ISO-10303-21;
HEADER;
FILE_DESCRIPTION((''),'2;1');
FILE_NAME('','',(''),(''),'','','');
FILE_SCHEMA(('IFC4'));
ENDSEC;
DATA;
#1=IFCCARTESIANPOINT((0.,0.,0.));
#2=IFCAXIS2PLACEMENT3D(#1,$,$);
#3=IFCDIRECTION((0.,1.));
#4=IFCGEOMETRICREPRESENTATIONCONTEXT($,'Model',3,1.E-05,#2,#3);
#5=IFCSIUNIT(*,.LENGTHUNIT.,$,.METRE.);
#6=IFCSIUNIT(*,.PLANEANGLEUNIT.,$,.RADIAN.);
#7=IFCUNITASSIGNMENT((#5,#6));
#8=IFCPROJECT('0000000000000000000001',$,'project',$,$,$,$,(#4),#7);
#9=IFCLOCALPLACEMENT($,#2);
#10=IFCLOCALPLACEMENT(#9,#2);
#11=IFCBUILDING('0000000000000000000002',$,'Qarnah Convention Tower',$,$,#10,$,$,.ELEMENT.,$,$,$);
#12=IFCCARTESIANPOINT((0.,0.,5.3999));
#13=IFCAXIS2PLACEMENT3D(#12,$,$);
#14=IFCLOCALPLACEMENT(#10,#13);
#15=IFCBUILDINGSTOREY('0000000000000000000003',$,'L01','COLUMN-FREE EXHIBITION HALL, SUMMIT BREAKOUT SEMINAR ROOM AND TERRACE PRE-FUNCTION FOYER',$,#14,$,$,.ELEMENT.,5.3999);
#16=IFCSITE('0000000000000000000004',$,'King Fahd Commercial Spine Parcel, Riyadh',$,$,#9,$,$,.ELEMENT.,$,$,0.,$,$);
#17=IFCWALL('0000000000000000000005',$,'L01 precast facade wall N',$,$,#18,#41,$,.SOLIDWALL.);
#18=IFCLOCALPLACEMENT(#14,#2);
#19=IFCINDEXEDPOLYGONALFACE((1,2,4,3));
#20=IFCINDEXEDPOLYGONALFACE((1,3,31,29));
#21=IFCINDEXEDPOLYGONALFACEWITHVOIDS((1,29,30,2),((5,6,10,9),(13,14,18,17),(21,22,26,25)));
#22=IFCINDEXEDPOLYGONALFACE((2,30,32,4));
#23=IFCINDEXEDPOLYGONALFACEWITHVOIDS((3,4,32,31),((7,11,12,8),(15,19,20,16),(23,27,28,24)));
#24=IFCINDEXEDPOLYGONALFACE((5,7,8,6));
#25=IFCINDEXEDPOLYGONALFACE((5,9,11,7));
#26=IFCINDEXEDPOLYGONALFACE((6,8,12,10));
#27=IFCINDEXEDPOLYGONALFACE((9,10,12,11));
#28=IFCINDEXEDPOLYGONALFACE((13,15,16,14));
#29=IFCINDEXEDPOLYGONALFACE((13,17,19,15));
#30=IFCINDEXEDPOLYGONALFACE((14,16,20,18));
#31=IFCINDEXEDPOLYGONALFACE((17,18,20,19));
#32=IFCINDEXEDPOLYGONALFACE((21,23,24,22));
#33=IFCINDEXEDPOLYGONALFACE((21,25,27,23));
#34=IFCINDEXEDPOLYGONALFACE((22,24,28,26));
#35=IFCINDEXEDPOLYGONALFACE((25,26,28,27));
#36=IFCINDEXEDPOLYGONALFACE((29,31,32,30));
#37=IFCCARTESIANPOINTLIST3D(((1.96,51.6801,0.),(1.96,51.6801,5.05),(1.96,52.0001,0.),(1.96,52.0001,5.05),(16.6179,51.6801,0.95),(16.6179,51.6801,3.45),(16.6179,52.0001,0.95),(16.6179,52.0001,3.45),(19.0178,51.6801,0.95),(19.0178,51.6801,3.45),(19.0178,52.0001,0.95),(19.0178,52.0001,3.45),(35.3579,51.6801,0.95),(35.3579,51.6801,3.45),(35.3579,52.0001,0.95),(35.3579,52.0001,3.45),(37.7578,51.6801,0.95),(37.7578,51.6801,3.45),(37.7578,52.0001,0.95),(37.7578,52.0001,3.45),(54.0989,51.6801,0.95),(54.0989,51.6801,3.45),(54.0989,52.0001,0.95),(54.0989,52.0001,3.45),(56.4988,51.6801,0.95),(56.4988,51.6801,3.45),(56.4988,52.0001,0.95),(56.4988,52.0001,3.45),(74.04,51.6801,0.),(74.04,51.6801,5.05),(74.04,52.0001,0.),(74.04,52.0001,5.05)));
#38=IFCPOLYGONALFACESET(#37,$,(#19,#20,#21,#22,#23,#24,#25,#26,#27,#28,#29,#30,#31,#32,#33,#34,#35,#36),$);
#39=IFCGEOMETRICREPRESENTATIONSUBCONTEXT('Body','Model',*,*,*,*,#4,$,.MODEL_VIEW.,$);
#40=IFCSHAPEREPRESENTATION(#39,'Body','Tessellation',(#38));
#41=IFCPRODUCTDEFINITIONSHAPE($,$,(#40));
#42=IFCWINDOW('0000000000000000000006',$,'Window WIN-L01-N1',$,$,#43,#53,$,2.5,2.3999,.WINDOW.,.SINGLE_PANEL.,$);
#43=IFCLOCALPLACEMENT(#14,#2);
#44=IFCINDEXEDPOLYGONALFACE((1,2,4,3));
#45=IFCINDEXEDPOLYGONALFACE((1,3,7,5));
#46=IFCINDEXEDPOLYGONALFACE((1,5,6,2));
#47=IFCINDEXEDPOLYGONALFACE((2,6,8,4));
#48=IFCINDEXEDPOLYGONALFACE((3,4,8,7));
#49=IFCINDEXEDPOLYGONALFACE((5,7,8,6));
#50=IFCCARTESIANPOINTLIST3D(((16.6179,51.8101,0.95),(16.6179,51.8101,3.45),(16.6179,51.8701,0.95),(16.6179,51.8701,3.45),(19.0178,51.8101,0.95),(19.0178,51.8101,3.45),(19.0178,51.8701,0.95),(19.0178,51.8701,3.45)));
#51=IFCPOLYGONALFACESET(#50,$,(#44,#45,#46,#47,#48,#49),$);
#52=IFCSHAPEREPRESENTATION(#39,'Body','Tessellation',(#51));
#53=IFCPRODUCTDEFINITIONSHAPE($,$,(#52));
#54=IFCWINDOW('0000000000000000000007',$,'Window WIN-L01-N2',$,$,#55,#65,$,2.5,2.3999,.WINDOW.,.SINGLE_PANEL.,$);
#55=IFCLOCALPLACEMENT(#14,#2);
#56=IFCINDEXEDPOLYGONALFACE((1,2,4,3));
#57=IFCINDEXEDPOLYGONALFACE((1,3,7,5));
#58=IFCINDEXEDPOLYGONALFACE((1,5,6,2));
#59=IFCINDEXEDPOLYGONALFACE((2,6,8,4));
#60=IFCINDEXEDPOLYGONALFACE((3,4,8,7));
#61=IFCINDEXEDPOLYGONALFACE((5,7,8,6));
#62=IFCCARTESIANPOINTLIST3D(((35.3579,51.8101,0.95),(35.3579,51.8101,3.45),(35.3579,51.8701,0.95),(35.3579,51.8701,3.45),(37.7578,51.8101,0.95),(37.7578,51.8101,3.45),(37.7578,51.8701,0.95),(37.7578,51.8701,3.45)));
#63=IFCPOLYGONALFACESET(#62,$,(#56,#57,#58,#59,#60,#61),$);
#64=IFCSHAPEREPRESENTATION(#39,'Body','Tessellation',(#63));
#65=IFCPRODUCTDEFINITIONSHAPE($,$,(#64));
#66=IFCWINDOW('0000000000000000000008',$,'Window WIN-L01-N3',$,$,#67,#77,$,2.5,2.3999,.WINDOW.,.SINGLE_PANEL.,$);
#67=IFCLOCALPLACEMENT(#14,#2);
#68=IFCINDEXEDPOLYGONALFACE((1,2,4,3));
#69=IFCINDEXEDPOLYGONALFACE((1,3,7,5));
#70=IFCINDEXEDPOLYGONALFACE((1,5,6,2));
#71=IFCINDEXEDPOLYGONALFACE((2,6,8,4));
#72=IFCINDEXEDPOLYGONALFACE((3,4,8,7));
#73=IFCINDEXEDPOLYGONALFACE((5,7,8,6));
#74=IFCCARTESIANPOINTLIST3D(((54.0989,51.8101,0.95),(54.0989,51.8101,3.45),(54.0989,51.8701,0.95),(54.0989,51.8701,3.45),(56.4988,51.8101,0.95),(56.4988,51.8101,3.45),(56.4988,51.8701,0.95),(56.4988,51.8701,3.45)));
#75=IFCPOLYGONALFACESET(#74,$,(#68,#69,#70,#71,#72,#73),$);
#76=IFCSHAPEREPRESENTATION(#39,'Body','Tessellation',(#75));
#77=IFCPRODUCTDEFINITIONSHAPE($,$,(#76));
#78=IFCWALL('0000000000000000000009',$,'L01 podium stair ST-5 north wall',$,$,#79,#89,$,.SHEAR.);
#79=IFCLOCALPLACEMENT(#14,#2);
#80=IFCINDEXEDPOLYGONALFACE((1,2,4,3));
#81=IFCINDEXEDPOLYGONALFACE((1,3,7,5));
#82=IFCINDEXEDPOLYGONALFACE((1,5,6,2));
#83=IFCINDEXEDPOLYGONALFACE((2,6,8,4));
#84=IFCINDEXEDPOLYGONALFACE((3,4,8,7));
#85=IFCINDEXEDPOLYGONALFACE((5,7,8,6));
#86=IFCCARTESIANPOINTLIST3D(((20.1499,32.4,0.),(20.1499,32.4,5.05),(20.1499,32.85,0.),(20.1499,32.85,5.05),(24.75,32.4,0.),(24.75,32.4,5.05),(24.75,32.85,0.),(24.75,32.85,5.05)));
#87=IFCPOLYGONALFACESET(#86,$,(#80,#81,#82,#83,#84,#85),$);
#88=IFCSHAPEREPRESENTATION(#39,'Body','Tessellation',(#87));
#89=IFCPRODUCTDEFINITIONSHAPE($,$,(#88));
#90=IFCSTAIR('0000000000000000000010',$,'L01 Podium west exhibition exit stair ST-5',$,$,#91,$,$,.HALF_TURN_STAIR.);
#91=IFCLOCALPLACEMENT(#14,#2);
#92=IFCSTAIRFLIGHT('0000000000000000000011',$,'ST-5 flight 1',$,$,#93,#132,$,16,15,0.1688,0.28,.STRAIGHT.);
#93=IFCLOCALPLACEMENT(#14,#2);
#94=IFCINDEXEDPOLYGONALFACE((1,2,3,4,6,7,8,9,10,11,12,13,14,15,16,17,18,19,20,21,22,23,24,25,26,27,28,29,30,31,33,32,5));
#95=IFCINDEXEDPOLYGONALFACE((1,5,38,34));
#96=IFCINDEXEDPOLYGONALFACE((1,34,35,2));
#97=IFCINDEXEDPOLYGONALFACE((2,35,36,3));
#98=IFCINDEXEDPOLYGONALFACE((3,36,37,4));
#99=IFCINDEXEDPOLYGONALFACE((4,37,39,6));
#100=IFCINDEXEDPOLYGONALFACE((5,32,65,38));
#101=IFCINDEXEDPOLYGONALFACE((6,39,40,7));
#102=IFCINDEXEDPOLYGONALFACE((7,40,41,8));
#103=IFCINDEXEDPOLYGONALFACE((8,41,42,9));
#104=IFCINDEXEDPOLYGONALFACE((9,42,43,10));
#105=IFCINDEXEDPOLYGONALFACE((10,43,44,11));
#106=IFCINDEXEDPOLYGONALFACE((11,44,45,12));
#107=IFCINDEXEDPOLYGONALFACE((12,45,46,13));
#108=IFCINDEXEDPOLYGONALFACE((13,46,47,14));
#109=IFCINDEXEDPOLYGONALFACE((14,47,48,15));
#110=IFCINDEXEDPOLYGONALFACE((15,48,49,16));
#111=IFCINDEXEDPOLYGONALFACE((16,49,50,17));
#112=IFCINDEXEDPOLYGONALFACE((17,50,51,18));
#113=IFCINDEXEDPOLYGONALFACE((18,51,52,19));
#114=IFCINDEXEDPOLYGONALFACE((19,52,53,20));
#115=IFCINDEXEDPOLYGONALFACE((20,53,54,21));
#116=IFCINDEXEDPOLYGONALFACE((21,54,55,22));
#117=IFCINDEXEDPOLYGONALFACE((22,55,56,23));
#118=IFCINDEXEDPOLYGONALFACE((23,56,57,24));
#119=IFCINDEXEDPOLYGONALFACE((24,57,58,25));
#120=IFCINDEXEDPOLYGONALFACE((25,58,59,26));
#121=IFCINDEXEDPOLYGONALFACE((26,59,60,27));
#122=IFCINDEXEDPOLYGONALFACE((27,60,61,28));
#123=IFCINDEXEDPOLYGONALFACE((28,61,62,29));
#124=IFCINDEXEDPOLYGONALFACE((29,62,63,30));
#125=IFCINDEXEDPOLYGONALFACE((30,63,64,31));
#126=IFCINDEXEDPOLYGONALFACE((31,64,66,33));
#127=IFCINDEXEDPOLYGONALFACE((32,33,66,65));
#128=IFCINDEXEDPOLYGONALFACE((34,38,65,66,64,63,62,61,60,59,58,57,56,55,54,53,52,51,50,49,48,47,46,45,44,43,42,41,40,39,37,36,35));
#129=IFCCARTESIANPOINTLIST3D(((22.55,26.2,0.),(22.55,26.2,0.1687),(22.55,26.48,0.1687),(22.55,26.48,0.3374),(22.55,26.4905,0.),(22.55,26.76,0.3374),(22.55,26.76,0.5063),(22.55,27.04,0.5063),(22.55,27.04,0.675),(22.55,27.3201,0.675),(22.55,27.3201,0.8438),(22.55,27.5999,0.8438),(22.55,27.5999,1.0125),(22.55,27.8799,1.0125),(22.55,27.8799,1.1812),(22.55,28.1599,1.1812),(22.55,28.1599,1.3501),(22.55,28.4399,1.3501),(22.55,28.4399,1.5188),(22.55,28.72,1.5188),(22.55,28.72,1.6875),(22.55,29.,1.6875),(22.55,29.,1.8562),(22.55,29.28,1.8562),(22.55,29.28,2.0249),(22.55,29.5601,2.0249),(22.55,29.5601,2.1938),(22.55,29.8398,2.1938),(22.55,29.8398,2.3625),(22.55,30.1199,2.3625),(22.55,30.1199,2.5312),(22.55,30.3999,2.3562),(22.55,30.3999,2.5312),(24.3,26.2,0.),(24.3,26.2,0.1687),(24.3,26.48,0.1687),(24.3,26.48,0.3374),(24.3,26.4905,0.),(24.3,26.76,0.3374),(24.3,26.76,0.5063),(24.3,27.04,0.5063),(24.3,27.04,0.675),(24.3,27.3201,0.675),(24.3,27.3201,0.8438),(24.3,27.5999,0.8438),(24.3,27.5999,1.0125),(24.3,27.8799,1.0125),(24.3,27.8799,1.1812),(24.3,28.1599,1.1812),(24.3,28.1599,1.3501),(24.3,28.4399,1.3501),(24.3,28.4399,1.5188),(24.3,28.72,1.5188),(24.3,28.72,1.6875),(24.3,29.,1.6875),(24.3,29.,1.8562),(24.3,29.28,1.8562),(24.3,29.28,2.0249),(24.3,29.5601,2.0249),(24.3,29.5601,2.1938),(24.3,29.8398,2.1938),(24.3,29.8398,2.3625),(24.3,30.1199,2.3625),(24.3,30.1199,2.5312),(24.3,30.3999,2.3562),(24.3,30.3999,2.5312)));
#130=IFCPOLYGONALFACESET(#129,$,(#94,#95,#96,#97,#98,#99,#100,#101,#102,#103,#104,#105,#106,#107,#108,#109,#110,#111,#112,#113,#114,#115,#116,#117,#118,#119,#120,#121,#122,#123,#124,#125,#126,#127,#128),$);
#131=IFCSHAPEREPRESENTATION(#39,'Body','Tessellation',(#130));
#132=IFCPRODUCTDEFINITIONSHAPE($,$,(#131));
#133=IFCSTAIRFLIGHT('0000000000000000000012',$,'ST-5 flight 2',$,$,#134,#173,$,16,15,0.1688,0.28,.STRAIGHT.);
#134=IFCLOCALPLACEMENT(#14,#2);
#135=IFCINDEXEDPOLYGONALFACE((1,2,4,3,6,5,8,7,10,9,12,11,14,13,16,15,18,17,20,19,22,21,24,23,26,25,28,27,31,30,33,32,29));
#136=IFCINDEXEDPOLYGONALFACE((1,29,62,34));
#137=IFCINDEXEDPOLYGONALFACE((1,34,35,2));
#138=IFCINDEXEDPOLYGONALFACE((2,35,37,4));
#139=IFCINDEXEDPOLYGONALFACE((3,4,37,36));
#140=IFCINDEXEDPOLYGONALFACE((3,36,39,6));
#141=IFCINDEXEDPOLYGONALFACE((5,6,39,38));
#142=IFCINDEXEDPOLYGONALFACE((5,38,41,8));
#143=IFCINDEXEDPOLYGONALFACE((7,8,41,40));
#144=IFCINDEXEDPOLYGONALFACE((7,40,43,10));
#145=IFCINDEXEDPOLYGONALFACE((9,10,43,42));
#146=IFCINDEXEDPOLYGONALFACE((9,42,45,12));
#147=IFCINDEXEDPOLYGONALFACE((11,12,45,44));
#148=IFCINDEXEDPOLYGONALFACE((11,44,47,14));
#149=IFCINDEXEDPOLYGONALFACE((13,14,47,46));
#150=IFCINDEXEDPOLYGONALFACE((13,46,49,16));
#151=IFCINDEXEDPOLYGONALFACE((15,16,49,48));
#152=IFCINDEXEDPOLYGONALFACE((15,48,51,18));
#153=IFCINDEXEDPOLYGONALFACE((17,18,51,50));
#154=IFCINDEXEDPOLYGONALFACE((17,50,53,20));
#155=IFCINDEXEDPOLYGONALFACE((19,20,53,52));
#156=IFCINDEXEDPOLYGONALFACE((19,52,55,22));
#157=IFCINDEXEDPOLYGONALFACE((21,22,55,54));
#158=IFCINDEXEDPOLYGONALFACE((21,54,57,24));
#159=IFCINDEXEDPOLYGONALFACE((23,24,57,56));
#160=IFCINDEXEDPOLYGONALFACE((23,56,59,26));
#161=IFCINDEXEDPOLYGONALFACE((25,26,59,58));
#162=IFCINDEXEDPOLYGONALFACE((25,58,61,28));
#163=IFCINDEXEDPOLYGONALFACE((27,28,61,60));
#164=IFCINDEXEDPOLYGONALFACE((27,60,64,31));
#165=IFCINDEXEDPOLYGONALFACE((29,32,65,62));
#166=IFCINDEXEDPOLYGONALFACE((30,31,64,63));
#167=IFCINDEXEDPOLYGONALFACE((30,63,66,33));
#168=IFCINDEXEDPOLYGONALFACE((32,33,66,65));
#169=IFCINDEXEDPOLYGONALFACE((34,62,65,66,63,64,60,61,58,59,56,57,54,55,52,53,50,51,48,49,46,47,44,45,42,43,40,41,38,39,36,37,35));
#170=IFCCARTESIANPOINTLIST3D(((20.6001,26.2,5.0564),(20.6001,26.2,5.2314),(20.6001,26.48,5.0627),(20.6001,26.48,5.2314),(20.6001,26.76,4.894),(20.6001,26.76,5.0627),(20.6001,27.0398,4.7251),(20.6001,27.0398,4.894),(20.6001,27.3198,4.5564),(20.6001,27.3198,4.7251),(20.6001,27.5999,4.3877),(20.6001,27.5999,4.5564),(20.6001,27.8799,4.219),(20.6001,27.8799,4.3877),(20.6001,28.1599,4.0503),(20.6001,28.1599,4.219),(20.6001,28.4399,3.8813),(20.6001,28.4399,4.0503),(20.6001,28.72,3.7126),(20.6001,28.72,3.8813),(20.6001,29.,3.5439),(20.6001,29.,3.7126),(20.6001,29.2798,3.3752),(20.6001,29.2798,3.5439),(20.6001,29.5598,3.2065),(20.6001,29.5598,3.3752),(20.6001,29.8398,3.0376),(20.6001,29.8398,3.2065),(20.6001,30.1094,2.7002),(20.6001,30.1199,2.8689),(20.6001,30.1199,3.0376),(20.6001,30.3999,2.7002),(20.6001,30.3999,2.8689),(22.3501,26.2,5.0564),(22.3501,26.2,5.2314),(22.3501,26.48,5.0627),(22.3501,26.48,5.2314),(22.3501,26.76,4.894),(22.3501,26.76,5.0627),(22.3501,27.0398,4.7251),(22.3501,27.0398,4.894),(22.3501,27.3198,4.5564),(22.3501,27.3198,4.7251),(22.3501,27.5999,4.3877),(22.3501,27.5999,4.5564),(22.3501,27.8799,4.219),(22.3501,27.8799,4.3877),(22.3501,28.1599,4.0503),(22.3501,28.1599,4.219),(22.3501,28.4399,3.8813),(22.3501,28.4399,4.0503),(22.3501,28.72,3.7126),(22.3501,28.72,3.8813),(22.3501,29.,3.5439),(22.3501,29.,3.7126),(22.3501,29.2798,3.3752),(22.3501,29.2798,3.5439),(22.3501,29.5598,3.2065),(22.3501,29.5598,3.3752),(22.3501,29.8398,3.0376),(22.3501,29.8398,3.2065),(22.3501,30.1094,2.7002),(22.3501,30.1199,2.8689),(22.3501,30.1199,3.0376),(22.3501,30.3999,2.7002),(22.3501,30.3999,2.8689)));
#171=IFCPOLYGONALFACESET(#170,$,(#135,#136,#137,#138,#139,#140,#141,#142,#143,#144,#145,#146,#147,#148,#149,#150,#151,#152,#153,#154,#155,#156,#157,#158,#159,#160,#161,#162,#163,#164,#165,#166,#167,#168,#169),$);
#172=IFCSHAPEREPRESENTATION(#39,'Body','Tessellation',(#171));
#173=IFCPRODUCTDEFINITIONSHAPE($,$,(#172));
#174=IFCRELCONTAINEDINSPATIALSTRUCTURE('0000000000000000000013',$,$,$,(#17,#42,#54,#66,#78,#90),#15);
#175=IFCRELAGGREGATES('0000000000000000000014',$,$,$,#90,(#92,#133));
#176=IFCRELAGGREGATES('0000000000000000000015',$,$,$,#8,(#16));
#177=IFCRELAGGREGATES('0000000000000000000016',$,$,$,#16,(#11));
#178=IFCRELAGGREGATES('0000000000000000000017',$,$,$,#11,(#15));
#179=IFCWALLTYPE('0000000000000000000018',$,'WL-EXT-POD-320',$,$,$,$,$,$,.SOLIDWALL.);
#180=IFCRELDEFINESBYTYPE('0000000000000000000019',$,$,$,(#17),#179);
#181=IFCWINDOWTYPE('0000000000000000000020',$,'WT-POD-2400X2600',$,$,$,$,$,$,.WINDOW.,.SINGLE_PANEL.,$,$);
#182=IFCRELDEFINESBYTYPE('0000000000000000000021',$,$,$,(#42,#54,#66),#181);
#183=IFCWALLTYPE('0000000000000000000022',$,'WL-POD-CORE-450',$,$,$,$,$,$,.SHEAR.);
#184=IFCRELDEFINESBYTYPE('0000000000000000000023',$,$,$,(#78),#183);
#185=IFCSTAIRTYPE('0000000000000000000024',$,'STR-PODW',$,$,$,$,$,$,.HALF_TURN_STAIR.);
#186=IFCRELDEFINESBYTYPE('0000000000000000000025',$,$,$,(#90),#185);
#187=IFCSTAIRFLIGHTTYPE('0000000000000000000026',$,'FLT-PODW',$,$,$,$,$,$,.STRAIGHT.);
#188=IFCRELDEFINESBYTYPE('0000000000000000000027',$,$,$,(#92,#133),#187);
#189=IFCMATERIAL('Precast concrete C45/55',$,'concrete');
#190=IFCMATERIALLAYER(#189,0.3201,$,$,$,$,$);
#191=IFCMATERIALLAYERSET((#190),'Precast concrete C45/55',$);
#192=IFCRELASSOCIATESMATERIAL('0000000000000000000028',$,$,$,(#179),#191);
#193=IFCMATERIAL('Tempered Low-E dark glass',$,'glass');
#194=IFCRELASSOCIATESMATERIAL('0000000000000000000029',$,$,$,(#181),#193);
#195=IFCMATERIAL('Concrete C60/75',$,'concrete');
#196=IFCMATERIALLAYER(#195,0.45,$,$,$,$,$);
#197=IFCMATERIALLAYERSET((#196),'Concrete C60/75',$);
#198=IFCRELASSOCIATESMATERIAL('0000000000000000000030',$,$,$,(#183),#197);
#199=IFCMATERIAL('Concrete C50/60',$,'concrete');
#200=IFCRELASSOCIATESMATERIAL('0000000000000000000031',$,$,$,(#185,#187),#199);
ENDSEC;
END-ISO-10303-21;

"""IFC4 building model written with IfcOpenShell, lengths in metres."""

from ifc_helpers import new_model, si_unit, direction, frame, frame_2d, origin, place, context, subcontext, project, spatial, polyline, rectangle, outline, extrude, material, layer, layer_set, type_object, element, fill, aggregate, save


model = new_model("IFC4")

# Units and contexts
model_context = context("Model", 3, precision=1e-05, world=origin(), true_north=direction((0.0, 1.0)))
body_context = subcontext(model_context, "Body", "Model", "MODEL_VIEW")
ifc_project = project(units=[si_unit("LENGTHUNIT", "METRE"), si_unit("PLANEANGLEUNIT", "RADIAN")], contexts=[model_context])

# Site, building, storey
site_placement = place(None, origin())
site = spatial("IfcSite", under=ifc_project, at=site_placement, Name="King Fahd Commercial Spine Parcel, Riyadh", CompositionType="ELEMENT", RefElevation=0.0)
building_placement = place(site_placement, origin())
building = spatial("IfcBuilding", under=site, at=building_placement, Name="Qarnah Convention Tower", CompositionType="ELEMENT")
storey_placement = place(building_placement, frame((0.0, 0.0, 5.3999)))
storey = spatial("IfcBuildingStorey", under=building, at=storey_placement, Name="L01", Description="COLUMN-FREE EXHIBITION HALL, SUMMIT BREAKOUT SEMINAR ROOM AND TERRACE PRE-FUNCTION FOYER", CompositionType="ELEMENT", Elevation=5.3999)

# Shared definitions
ifc_material_1 = material(Name="Concrete C60/75", Category="concrete")
ifc_material_2 = material(Name="Precast concrete C45/55", Category="concrete")

# Wall, openings, windows
ifc_layer_1 = layer(ifc_material_2, 0.3201)
ifc_layer_set_1 = layer_set([ifc_layer_1], Name="Precast concrete C45/55")
wall_type_1 = type_object("IfcWallType", Name="WL-EXT-POD-320", PredefinedType="SOLIDWALL", material=ifc_layer_set_1)
wall_1_placement = place(storey_placement, frame((1.96, 51.8401, 0.0), z_axis=(0.0, 0.0, 1.0), x_axis=(1.0, 0.0, 0.0)))
wall_1 = element("IfcWall", 1, at=wall_1_placement, inside=storey, type_object=wall_type_1, Name="L01 precast facade wall N", PredefinedType="SOLIDWALL", context=body_context, shape_type="SweptSolid", body=[
    extrude(rectangle(XDim=72.0801, YDim=0.3201, at=frame_2d((36.04, 0.0))), origin(), (0.0, 0.0, 1.0), 5.05),
])
opening_1_placement = place(wall_1_placement, frame((14.658, 0.0, 0.95)))
opening_1 = element("IfcOpeningElement", 2, at=opening_1_placement, cuts=wall_1, PredefinedType="OPENING", context=body_context, shape_type="SweptSolid", body=[
    extrude(rectangle(XDim=2.3999, YDim=2.5, at=frame_2d((1.2, 1.25))), frame((0.0, 0.1699, 0.0), z_axis=(0.0, -1.0, 0.0), x_axis=(1.0, 0.0, 0.0)), (0.0, 0.0, 1.0), 0.3401),
])
opening_2_placement = place(wall_1_placement, frame((33.3979, 0.0, 0.95)))
opening_2 = element("IfcOpeningElement", 3, at=opening_2_placement, cuts=wall_1, PredefinedType="OPENING", context=body_context, shape_type="SweptSolid", body=[
    extrude(rectangle(XDim=2.3999, YDim=2.5, at=frame_2d((1.2, 1.25))), frame((0.0, 0.1699, 0.0), z_axis=(0.0, -1.0, 0.0), x_axis=(1.0, 0.0, 0.0)), (0.0, 0.0, 1.0), 0.3401),
])
opening_3_placement = place(wall_1_placement, frame((52.1389, 0.0, 0.95)))
opening_3 = element("IfcOpeningElement", 4, at=opening_3_placement, cuts=wall_1, PredefinedType="OPENING", context=body_context, shape_type="SweptSolid", body=[
    extrude(rectangle(XDim=2.3999, YDim=2.5, at=frame_2d((1.2, 1.25))), frame((0.0, 0.1699, 0.0), z_axis=(0.0, -1.0, 0.0), x_axis=(1.0, 0.0, 0.0)), (0.0, 0.0, 1.0), 0.3401),
])
ifc_material_3 = material(Name="Tempered Low-E dark glass", Category="glass")
window_type = type_object("IfcWindowType", Name="WT-POD-2400X2600", PartitioningType="SINGLE_PANEL", PredefinedType="WINDOW", material=ifc_material_3)
window_1_placement = place(opening_1_placement, origin())
window_1 = element("IfcWindow", 5, at=window_1_placement, inside=storey, type_object=window_type, Name="Window WIN-L01-N1", OverallHeight=2.5, OverallWidth=2.3999, PartitioningType="SINGLE_PANEL", PredefinedType="WINDOW", context=body_context, shape_type="SweptSolid", body=[
    extrude(rectangle(XDim=2.3999, YDim=2.5, at=frame_2d((1.2, 1.25))), frame((0.0, 0.03, 0.0), z_axis=(0.0, -1.0, 0.0), x_axis=(1.0, 0.0, 0.0)), (0.0, 0.0, 1.0), 0.0601),
])
fill(opening_1, window_1)
window_2_placement = place(opening_2_placement, origin())
window_2 = element("IfcWindow", 6, at=window_2_placement, inside=storey, type_object=window_type, Name="Window WIN-L01-N2", OverallHeight=2.5, OverallWidth=2.3999, PartitioningType="SINGLE_PANEL", PredefinedType="WINDOW", context=body_context, shape_type="SweptSolid", body=[
    extrude(rectangle(XDim=2.3999, YDim=2.5, at=frame_2d((1.2, 1.25))), frame((0.0, 0.03, 0.0), z_axis=(0.0, -1.0, 0.0), x_axis=(1.0, 0.0, 0.0)), (0.0, 0.0, 1.0), 0.0601),
])
fill(opening_2, window_2)
window_3_placement = place(opening_3_placement, origin())
window_3 = element("IfcWindow", 7, at=window_3_placement, inside=storey, type_object=window_type, Name="Window WIN-L01-N3", OverallHeight=2.5, OverallWidth=2.3999, PartitioningType="SINGLE_PANEL", PredefinedType="WINDOW", context=body_context, shape_type="SweptSolid", body=[
    extrude(rectangle(XDim=2.3999, YDim=2.5, at=frame_2d((1.2, 1.25))), frame((0.0, 0.03, 0.0), z_axis=(0.0, -1.0, 0.0), x_axis=(1.0, 0.0, 0.0)), (0.0, 0.0, 1.0), 0.0601),
])
fill(opening_3, window_3)

# Wall
ifc_layer_2 = layer(ifc_material_1, 0.45)
ifc_layer_set_2 = layer_set([ifc_layer_2], Name="Concrete C60/75")
wall_type_2 = type_object("IfcWallType", Name="WL-POD-CORE-450", PredefinedType="SHEAR", material=ifc_layer_set_2)
wall_2_placement = place(storey_placement, frame((20.1499, 32.625, 0.0), z_axis=(0.0, 0.0, 1.0), x_axis=(1.0, 0.0, 0.0)))
element("IfcWall", 8, at=wall_2_placement, inside=storey, type_object=wall_type_2, Name="L01 podium stair ST-5 north wall", PredefinedType="SHEAR", context=body_context, shape_type="SweptSolid", body=[
    extrude(rectangle(XDim=4.6001, YDim=0.45, at=frame_2d((2.3, 0.0))), origin(), (0.0, 0.0, 1.0), 5.05),
])

# Stair, stair flights
ifc_material_4 = material(Name="Concrete C50/60", Category="concrete")
stair_type = type_object("IfcStairType", Name="STR-PODW", PredefinedType="HALF_TURN_STAIR", material=ifc_material_4)
stair_placement = place(storey_placement, origin())
stair = element("IfcStair", 9, at=stair_placement, inside=storey, type_object=stair_type, Name="L01 Podium west exhibition exit stair ST-5", PredefinedType="HALF_TURN_STAIR")
stair_flight_type = type_object("IfcStairFlightType", Name="FLT-PODW", PredefinedType="STRAIGHT", material=ifc_material_4)
stair_flight_1_placement = place(storey_placement, frame((23.425, 26.2, 0.0), z_axis=(0.0, 0.0, 1.0), x_axis=(0.0, 1.0, 0.0)))
stair_flight_1 = element("IfcStairFlight", 10, at=stair_flight_1_placement, type_object=stair_flight_type, Name="ST-5 flight 1", NumberOfRisers=16, NumberOfTreads=15, PredefinedType="STRAIGHT", RiserHeight=0.1688, TreadLength=0.28, context=body_context, shape_type="SweptSolid", body=[
    extrude(outline(polyline([(0.0, 0.0), (0.0, 0.1687), (0.28, 0.1687), (0.28, 0.3374), (0.5601, 0.3374), (0.5601, 0.5063), (0.8401, 0.5063), (0.8401, 0.675), (1.1201, 0.675), (1.1201, 0.8438), (1.3999, 0.8438), (1.3999, 1.0125), (1.6799, 1.0125), (1.6799, 1.1812), (1.96, 1.1812), (1.96, 1.3501), (2.24, 1.3501), (2.24, 1.5188), (2.52, 1.5188), (2.52, 1.6875), (2.8, 1.6875), (2.8, 1.8562), (3.0801, 1.8562), (3.0801, 2.0249), (3.3601, 2.0249), (3.3601, 2.1938), (3.6399, 2.1938), (3.6399, 2.3625), (3.9199, 2.3625), (3.9199, 2.5312), (4.2, 2.5312), (4.2, 2.7), (4.2, 2.3562), (0.2905, 0.0), (0.0, 0.0)])), frame((0.0, 0.875, 0.0), z_axis=(0.0, -1.0, 0.0), x_axis=(1.0, 0.0, 0.0)), (0.0, 0.0, 1.0), 1.75),
])
stair_flight_2_placement = place(storey_placement, frame((21.4751, 30.3999, 2.7002), z_axis=(0.0, 0.0, 1.0), x_axis=(0.0, -1.0, 0.0)))
stair_flight_2 = element("IfcStairFlight", 11, at=stair_flight_2_placement, type_object=stair_flight_type, Name="ST-5 flight 2", NumberOfRisers=16, NumberOfTreads=15, PredefinedType="STRAIGHT", RiserHeight=0.1688, TreadLength=0.28, context=body_context, shape_type="SweptSolid", body=[
    extrude(outline(polyline([(0.0, 0.0), (0.0, 0.1687), (0.28, 0.1687), (0.28, 0.3374), (0.5601, 0.3374), (0.5601, 0.5063), (0.8401, 0.5063), (0.8401, 0.675), (1.1201, 0.675), (1.1201, 0.8438), (1.3999, 0.8438), (1.3999, 1.0125), (1.6799, 1.0125), (1.6799, 1.1812), (1.96, 1.1812), (1.96, 1.3501), (2.24, 1.3501), (2.24, 1.5188), (2.52, 1.5188), (2.52, 1.6875), (2.8, 1.6875), (2.8, 1.8562), (3.0801, 1.8562), (3.0801, 2.0249), (3.3601, 2.0249), (3.3601, 2.1938), (3.6399, 2.1938), (3.6399, 2.3625), (3.9199, 2.3625), (3.9199, 2.5312), (4.2, 2.5312), (4.2, 2.7), (4.2, 2.3562), (0.2905, 0.0), (0.0, 0.0)])), frame((0.0, 0.875, 0.0), z_axis=(0.0, -1.0, 0.0), x_axis=(1.0, 0.0, 0.0)), (0.0, 0.0, 1.0), 1.75),
])
aggregate(stair, [stair_flight_1, stair_flight_2])

save(model, "model.ifc")
